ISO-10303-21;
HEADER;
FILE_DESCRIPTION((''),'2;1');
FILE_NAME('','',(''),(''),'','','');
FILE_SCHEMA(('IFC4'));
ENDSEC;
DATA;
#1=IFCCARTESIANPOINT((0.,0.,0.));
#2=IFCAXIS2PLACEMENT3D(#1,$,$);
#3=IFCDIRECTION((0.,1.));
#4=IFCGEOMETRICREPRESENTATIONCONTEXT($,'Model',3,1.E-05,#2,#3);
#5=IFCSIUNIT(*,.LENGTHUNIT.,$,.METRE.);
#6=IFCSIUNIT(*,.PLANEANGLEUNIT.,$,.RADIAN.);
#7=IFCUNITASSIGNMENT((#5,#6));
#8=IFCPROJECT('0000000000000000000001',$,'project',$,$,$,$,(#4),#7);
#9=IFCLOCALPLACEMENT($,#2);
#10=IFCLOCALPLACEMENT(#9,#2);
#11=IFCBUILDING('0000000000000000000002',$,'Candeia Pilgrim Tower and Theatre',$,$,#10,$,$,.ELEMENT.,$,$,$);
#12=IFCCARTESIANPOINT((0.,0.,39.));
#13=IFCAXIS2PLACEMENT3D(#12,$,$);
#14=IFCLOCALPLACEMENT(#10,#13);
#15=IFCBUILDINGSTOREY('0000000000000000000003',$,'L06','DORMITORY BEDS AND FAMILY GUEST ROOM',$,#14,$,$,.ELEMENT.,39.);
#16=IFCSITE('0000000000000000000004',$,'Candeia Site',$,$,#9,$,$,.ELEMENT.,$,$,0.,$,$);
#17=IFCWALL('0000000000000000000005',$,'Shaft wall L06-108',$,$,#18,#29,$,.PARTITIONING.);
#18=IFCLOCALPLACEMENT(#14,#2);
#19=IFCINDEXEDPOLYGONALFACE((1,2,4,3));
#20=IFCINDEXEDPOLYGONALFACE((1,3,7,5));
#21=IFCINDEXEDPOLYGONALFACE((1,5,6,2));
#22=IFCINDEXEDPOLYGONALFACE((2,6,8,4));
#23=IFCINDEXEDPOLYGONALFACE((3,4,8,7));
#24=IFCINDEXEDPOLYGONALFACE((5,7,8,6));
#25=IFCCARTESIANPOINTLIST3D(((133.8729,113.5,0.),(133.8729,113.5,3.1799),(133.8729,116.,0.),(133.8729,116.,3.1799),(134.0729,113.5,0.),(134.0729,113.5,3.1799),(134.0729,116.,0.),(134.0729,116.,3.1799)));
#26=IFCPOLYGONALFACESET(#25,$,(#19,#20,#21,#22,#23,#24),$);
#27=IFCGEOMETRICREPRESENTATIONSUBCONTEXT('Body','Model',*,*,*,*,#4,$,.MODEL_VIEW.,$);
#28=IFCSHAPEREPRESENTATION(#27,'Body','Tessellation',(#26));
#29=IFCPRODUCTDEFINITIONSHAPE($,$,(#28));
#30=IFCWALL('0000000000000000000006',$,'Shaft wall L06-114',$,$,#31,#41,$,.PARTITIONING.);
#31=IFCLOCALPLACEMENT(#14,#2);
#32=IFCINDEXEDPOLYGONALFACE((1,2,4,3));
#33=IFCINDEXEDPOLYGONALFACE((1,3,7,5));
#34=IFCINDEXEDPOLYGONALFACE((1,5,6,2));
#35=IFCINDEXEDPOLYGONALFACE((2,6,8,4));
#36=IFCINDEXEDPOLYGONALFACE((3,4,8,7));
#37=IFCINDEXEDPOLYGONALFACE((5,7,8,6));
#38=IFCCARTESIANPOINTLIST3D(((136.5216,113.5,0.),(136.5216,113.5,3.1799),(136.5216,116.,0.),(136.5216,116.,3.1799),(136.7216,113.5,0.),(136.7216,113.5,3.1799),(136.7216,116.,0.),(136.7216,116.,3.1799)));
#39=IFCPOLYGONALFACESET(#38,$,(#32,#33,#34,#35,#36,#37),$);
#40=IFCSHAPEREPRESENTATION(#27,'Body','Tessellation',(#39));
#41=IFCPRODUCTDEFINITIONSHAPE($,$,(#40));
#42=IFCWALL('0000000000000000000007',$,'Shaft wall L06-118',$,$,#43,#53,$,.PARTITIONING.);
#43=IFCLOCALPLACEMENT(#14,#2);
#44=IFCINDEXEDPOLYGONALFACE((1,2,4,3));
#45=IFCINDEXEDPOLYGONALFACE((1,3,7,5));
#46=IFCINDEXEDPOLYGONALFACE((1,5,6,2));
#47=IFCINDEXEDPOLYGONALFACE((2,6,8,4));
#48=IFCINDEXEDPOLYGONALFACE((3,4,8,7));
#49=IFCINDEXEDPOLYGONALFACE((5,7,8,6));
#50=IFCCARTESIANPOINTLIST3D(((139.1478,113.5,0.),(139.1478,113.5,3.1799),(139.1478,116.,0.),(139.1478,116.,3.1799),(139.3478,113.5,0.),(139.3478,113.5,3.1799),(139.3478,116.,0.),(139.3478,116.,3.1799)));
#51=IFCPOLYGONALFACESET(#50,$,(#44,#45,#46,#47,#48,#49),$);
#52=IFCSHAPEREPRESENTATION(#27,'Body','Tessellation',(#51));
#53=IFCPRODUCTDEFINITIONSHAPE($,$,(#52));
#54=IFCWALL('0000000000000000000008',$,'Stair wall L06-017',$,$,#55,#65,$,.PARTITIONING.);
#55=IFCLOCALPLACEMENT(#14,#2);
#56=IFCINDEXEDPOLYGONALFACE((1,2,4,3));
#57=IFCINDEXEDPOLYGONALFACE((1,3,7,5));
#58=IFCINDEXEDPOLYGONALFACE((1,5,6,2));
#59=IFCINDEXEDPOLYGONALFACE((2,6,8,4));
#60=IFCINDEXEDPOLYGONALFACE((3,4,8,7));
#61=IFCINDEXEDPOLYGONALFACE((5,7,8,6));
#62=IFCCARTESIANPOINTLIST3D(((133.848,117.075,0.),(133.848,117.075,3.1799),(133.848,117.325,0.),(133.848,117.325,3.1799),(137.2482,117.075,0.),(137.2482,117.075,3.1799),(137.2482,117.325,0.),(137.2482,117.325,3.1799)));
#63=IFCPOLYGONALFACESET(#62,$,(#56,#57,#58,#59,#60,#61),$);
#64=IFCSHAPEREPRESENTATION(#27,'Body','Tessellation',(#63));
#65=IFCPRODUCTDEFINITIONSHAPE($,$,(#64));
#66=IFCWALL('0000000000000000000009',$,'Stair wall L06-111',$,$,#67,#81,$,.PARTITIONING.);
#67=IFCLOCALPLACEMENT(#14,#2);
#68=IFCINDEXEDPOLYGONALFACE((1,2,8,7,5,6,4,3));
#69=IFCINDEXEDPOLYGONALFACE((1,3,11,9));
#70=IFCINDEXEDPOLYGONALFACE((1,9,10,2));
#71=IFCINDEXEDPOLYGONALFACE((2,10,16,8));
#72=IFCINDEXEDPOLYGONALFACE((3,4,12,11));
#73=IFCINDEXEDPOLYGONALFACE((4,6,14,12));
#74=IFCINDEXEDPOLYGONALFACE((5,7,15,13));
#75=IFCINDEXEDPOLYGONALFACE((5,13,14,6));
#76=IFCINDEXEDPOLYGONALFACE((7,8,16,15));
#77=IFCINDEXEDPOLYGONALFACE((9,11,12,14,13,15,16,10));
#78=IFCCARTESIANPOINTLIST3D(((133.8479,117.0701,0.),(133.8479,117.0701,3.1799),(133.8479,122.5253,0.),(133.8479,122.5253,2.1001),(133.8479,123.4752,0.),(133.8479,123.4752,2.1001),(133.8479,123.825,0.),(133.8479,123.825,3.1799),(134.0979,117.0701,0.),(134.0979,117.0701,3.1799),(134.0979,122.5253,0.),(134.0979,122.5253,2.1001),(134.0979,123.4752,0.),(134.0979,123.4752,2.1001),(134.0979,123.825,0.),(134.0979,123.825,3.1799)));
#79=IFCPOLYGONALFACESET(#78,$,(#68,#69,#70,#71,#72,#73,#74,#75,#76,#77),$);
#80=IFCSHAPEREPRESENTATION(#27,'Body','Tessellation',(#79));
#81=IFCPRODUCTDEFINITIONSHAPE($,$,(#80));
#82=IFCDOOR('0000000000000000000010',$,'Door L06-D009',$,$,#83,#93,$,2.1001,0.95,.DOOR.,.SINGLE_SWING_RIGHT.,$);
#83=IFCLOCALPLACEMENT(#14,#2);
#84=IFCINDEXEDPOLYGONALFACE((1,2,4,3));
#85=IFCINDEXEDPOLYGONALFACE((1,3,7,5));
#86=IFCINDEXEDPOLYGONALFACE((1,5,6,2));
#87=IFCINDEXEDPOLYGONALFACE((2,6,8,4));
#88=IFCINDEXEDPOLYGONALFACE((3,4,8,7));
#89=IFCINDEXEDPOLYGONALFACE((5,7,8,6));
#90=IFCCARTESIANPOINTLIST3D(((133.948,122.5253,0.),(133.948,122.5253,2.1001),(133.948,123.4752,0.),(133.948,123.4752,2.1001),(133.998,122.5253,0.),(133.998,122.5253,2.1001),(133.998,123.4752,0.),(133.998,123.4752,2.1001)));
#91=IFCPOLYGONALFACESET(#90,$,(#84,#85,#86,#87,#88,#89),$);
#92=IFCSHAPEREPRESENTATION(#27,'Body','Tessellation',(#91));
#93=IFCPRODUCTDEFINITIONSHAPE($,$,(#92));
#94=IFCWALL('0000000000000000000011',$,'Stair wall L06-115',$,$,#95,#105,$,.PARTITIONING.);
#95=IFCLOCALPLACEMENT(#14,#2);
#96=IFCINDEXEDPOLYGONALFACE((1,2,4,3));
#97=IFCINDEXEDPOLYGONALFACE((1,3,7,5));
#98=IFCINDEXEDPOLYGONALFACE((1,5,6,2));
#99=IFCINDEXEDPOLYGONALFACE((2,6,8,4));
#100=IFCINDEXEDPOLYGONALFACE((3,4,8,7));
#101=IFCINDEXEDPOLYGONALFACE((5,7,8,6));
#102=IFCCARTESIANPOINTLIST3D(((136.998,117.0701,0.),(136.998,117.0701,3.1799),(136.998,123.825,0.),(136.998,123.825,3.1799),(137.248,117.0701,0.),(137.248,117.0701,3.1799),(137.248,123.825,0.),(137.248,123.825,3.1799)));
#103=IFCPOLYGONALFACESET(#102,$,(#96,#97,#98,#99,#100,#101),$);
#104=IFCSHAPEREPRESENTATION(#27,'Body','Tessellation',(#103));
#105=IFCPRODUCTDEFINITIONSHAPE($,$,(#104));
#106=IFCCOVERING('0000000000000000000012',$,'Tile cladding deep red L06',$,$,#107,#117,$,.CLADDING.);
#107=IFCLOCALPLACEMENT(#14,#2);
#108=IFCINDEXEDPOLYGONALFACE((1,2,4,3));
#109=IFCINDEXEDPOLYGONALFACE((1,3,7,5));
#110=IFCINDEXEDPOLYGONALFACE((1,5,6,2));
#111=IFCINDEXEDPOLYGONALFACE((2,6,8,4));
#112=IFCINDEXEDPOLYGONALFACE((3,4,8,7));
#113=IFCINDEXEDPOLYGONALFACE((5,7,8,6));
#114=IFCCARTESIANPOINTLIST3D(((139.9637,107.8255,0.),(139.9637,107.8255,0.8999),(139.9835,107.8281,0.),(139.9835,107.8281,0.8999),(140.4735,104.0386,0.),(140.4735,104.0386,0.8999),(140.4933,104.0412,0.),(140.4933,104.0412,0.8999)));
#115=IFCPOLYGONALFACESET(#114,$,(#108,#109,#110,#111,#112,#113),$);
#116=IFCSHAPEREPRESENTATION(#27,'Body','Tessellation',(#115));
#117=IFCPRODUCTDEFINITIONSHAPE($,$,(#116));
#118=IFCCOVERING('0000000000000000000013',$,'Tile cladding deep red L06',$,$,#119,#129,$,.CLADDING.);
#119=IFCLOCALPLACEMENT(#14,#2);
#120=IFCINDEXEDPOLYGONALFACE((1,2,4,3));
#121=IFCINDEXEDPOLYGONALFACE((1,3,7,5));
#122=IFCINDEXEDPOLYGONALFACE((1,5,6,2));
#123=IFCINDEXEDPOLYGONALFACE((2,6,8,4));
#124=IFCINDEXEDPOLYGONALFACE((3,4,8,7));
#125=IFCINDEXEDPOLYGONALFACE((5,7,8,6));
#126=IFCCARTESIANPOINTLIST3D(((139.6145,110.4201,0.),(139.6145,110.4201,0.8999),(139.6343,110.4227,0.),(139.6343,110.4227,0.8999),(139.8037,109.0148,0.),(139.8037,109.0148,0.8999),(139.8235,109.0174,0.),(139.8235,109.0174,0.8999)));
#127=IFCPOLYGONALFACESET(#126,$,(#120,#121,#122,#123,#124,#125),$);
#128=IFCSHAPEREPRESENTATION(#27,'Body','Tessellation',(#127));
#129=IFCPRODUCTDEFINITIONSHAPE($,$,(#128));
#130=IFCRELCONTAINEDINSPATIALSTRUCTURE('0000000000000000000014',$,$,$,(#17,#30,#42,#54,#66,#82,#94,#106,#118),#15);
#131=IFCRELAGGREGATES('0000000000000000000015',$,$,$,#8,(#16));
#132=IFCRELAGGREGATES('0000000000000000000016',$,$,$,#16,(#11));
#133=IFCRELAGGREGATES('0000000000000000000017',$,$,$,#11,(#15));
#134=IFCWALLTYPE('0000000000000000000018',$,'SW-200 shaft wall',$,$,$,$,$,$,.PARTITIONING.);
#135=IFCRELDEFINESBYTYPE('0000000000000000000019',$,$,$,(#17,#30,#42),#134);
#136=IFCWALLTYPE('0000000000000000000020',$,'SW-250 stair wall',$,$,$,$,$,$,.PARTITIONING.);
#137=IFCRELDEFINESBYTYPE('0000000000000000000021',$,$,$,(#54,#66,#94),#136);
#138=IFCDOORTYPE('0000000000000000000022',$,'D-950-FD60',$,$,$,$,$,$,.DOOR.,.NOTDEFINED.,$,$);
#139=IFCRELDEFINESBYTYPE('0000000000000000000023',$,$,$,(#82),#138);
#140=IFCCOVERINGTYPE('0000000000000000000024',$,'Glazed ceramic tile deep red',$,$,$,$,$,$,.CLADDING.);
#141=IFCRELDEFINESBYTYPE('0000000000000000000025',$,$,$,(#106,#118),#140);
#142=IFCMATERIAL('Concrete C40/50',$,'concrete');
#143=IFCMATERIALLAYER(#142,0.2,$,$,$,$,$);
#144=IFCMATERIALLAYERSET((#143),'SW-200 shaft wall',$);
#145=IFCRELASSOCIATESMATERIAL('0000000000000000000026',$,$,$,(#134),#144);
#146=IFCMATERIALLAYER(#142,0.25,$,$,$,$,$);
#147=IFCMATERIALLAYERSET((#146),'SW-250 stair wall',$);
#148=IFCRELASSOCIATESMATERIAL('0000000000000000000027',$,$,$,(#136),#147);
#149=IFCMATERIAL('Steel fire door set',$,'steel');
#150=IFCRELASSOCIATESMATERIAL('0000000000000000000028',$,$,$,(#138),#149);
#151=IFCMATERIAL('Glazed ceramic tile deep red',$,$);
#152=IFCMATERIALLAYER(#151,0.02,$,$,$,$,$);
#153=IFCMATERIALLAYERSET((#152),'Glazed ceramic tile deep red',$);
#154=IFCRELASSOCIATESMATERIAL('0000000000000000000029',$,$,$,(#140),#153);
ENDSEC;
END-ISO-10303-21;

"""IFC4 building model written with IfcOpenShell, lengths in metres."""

from ifc_helpers import new_model, si_unit, direction, frame, frame_2d, origin, origin_2d, place, context, subcontext, project, spatial, rectangle, extrude, material, layer, layer_set, type_object, element, fill, save


model = new_model("IFC4")

# Units and contexts
model_context = context("Model", 3, precision=1e-05, world=origin(), true_north=direction((0.0, 1.0)))
body_context = subcontext(model_context, "Body", "Model", "MODEL_VIEW")
ifc_project = project(units=[si_unit("LENGTHUNIT", "METRE"), si_unit("PLANEANGLEUNIT", "RADIAN")], contexts=[model_context])

# Site, building, storey
site_placement = place(None, origin())
site = spatial("IfcSite", under=ifc_project, at=site_placement, Name="Candeia Site", CompositionType="ELEMENT", RefElevation=0.0)
building_placement = place(site_placement, origin())
building = spatial("IfcBuilding", under=site, at=building_placement, Name="Candeia Pilgrim Tower and Theatre", CompositionType="ELEMENT")
storey_placement = place(building_placement, frame((0.0, 0.0, 39.0)))
storey = spatial("IfcBuildingStorey", under=building, at=storey_placement, Name="L06", Description="DORMITORY BEDS AND FAMILY GUEST ROOM", CompositionType="ELEMENT", Elevation=39.0)

# Shared definitions
ifc_material_1 = material(Name="Steel fire door set", Category="steel")

# Shared definitions
ifc_material_2 = material(Name="Concrete C40/50", Category="concrete")
ifc_layer_1 = layer(ifc_material_2, 0.2)
ifc_layer_set_1 = layer_set([ifc_layer_1], Name="SW-200 shaft wall")
wall_type_1 = type_object("IfcWallType", Name="SW-200 shaft wall", PredefinedType="PARTITIONING", material=ifc_layer_set_1)

# Walls
for number, where, z_axis, x_axis, name in (
    (1, (133.9729, 113.5, 0.0), (0.0, 0.0, 1.0), (0.0, 1.0, 0.0), "Shaft wall L06-108"),
    (2, (136.6216, 113.5, 0.0), (0.0, 0.0, 1.0), (0.0, 1.0, 0.0), "Shaft wall L06-114"),
    (3, (139.2478, 113.5, 0.0), (0.0, 0.0, 1.0), (0.0, 1.0, 0.0), "Shaft wall L06-118"),
):
    element("IfcWall", number, at=place(storey_placement, frame(where, z_axis=z_axis, x_axis=x_axis)), inside=storey, type_object=wall_type_1, Name=name, PredefinedType="PARTITIONING", context=body_context, shape_type="SweptSolid", body=[
        extrude(rectangle(XDim=2.5, YDim=0.2, at=frame_2d((1.25, 0.0))), origin(), (0.0, 0.0, 1.0), 3.1799),
    ])
ifc_layer_2 = layer(ifc_material_2, 0.25)
ifc_layer_set_2 = layer_set([ifc_layer_2], Name="SW-250 stair wall")
wall_type_2 = type_object("IfcWallType", Name="SW-250 stair wall", PredefinedType="PARTITIONING", material=ifc_layer_set_2)
wall_1_placement = place(storey_placement, frame((133.8479, 117.2, 0.0), z_axis=(0.0, 0.0, 1.0), x_axis=(1.0, 0.0, 0.0)))
element("IfcWall", 4, at=wall_1_placement, inside=storey, type_object=wall_type_2, Name="Stair wall L06-017", PredefinedType="PARTITIONING", context=body_context, shape_type="SweptSolid", body=[
    extrude(rectangle(XDim=3.4001, YDim=0.25, at=frame_2d((1.7002, 0.0))), origin(), (0.0, 0.0, 1.0), 3.1799),
])

# Wall, opening, door
wall_2_placement = place(storey_placement, frame((133.9729, 117.0701, 0.0), z_axis=(0.0, 0.0, 1.0), x_axis=(0.0, 1.0, 0.0)))
wall_2 = element("IfcWall", 5, at=wall_2_placement, inside=storey, type_object=wall_type_2, Name="Stair wall L06-111", PredefinedType="PARTITIONING", context=body_context, shape_type="SweptSolid", body=[
    extrude(rectangle(XDim=6.7549, YDim=0.25, at=frame_2d((3.3774, 0.0))), origin(), (0.0, 0.0, 1.0), 3.1799),
])
opening_1_placement = place(wall_2_placement, frame((5.4551, 0.0, 0.0)))
opening_1 = element("IfcOpeningElement", 6, at=opening_1_placement, cuts=wall_2, PredefinedType="OPENING", context=body_context, shape_type="SweptSolid", body=[
    extrude(rectangle(XDim=0.95, YDim=2.1001, at=frame_2d((0.4751, 1.05))), frame((0.0, 0.135, 0.0), z_axis=(0.0, -1.0, 0.0), x_axis=(1.0, 0.0, 0.0)), (0.0, 0.0, 1.0), 0.27),
])
door_type_1 = type_object("IfcDoorType", Name="D-950-FD60", OperationType="NOTDEFINED", PredefinedType="DOOR", material=ifc_material_1)
door_1_placement = place(opening_1_placement, origin())
door_1 = element("IfcDoor", 7, at=door_1_placement, inside=storey, type_object=door_type_1, Name="Door L06-D009", OperationType="SINGLE_SWING_RIGHT", OverallHeight=2.1001, OverallWidth=0.95, PredefinedType="DOOR", context=body_context, shape_type="SweptSolid", body=[
    extrude(rectangle(XDim=0.95, YDim=2.1001, at=frame_2d((0.4751, 1.05))), frame((0.0, 0.0249, 0.0), z_axis=(0.0, -1.0, 0.0), x_axis=(1.0, 0.0, 0.0)), (0.0, 0.0, 1.0), 0.05),
])
fill(opening_1, door_1)

# Wall
wall_3_placement = place(storey_placement, frame((137.123, 117.0701, 0.0), z_axis=(0.0, 0.0, 1.0), x_axis=(0.0, 1.0, 0.0)))
element("IfcWall", 8, at=wall_3_placement, inside=storey, type_object=wall_type_2, Name="Stair wall L06-115", PredefinedType="PARTITIONING", context=body_context, shape_type="SweptSolid", body=[
    extrude(rectangle(XDim=6.7549, YDim=0.25, at=frame_2d((3.3774, 0.0))), origin(), (0.0, 0.0, 1.0), 3.1799),
])

# Coverings
ifc_material_3 = material(Name="Glazed ceramic tile deep red")
ifc_layer_3 = layer(ifc_material_3, 0.02)
ifc_layer_set_3 = layer_set([ifc_layer_3], Name="Glazed ceramic tile deep red")
covering_type = type_object("IfcCoveringType", Name="Glazed ceramic tile deep red", PredefinedType="CLADDING", material=ifc_layer_set_3)
covering_1_placement = place(storey_placement, frame((140.2285, 105.9333, 0.0), z_axis=(0.0, 0.0, 1.0), x_axis=(-0.133412, 0.991061, 0.0)))
element("IfcCovering", 9, at=covering_1_placement, inside=storey, type_object=covering_type, Name="Tile cladding deep red L06", PredefinedType="CLADDING", context=body_context, shape_type="SweptSolid", body=[
    extrude(rectangle(XDim=3.821, YDim=0.02, at=origin_2d()), origin(), (0.0, 0.0, 1.0), 0.8999),
])
covering_2_placement = place(storey_placement, frame((139.719, 109.7188, 0.0), z_axis=(0.0, 0.0, 1.0), x_axis=(-0.133412, 0.991061, 0.0)))
element("IfcCovering", 10, at=covering_2_placement, inside=storey, type_object=covering_type, Name="Tile cladding deep red L06", PredefinedType="CLADDING", context=body_context, shape_type="SweptSolid", body=[
    extrude(rectangle(XDim=1.418, YDim=0.02, at=origin_2d()), origin(), (0.0, 0.0, 1.0), 0.8999),
])

save(model, "model.ifc")
